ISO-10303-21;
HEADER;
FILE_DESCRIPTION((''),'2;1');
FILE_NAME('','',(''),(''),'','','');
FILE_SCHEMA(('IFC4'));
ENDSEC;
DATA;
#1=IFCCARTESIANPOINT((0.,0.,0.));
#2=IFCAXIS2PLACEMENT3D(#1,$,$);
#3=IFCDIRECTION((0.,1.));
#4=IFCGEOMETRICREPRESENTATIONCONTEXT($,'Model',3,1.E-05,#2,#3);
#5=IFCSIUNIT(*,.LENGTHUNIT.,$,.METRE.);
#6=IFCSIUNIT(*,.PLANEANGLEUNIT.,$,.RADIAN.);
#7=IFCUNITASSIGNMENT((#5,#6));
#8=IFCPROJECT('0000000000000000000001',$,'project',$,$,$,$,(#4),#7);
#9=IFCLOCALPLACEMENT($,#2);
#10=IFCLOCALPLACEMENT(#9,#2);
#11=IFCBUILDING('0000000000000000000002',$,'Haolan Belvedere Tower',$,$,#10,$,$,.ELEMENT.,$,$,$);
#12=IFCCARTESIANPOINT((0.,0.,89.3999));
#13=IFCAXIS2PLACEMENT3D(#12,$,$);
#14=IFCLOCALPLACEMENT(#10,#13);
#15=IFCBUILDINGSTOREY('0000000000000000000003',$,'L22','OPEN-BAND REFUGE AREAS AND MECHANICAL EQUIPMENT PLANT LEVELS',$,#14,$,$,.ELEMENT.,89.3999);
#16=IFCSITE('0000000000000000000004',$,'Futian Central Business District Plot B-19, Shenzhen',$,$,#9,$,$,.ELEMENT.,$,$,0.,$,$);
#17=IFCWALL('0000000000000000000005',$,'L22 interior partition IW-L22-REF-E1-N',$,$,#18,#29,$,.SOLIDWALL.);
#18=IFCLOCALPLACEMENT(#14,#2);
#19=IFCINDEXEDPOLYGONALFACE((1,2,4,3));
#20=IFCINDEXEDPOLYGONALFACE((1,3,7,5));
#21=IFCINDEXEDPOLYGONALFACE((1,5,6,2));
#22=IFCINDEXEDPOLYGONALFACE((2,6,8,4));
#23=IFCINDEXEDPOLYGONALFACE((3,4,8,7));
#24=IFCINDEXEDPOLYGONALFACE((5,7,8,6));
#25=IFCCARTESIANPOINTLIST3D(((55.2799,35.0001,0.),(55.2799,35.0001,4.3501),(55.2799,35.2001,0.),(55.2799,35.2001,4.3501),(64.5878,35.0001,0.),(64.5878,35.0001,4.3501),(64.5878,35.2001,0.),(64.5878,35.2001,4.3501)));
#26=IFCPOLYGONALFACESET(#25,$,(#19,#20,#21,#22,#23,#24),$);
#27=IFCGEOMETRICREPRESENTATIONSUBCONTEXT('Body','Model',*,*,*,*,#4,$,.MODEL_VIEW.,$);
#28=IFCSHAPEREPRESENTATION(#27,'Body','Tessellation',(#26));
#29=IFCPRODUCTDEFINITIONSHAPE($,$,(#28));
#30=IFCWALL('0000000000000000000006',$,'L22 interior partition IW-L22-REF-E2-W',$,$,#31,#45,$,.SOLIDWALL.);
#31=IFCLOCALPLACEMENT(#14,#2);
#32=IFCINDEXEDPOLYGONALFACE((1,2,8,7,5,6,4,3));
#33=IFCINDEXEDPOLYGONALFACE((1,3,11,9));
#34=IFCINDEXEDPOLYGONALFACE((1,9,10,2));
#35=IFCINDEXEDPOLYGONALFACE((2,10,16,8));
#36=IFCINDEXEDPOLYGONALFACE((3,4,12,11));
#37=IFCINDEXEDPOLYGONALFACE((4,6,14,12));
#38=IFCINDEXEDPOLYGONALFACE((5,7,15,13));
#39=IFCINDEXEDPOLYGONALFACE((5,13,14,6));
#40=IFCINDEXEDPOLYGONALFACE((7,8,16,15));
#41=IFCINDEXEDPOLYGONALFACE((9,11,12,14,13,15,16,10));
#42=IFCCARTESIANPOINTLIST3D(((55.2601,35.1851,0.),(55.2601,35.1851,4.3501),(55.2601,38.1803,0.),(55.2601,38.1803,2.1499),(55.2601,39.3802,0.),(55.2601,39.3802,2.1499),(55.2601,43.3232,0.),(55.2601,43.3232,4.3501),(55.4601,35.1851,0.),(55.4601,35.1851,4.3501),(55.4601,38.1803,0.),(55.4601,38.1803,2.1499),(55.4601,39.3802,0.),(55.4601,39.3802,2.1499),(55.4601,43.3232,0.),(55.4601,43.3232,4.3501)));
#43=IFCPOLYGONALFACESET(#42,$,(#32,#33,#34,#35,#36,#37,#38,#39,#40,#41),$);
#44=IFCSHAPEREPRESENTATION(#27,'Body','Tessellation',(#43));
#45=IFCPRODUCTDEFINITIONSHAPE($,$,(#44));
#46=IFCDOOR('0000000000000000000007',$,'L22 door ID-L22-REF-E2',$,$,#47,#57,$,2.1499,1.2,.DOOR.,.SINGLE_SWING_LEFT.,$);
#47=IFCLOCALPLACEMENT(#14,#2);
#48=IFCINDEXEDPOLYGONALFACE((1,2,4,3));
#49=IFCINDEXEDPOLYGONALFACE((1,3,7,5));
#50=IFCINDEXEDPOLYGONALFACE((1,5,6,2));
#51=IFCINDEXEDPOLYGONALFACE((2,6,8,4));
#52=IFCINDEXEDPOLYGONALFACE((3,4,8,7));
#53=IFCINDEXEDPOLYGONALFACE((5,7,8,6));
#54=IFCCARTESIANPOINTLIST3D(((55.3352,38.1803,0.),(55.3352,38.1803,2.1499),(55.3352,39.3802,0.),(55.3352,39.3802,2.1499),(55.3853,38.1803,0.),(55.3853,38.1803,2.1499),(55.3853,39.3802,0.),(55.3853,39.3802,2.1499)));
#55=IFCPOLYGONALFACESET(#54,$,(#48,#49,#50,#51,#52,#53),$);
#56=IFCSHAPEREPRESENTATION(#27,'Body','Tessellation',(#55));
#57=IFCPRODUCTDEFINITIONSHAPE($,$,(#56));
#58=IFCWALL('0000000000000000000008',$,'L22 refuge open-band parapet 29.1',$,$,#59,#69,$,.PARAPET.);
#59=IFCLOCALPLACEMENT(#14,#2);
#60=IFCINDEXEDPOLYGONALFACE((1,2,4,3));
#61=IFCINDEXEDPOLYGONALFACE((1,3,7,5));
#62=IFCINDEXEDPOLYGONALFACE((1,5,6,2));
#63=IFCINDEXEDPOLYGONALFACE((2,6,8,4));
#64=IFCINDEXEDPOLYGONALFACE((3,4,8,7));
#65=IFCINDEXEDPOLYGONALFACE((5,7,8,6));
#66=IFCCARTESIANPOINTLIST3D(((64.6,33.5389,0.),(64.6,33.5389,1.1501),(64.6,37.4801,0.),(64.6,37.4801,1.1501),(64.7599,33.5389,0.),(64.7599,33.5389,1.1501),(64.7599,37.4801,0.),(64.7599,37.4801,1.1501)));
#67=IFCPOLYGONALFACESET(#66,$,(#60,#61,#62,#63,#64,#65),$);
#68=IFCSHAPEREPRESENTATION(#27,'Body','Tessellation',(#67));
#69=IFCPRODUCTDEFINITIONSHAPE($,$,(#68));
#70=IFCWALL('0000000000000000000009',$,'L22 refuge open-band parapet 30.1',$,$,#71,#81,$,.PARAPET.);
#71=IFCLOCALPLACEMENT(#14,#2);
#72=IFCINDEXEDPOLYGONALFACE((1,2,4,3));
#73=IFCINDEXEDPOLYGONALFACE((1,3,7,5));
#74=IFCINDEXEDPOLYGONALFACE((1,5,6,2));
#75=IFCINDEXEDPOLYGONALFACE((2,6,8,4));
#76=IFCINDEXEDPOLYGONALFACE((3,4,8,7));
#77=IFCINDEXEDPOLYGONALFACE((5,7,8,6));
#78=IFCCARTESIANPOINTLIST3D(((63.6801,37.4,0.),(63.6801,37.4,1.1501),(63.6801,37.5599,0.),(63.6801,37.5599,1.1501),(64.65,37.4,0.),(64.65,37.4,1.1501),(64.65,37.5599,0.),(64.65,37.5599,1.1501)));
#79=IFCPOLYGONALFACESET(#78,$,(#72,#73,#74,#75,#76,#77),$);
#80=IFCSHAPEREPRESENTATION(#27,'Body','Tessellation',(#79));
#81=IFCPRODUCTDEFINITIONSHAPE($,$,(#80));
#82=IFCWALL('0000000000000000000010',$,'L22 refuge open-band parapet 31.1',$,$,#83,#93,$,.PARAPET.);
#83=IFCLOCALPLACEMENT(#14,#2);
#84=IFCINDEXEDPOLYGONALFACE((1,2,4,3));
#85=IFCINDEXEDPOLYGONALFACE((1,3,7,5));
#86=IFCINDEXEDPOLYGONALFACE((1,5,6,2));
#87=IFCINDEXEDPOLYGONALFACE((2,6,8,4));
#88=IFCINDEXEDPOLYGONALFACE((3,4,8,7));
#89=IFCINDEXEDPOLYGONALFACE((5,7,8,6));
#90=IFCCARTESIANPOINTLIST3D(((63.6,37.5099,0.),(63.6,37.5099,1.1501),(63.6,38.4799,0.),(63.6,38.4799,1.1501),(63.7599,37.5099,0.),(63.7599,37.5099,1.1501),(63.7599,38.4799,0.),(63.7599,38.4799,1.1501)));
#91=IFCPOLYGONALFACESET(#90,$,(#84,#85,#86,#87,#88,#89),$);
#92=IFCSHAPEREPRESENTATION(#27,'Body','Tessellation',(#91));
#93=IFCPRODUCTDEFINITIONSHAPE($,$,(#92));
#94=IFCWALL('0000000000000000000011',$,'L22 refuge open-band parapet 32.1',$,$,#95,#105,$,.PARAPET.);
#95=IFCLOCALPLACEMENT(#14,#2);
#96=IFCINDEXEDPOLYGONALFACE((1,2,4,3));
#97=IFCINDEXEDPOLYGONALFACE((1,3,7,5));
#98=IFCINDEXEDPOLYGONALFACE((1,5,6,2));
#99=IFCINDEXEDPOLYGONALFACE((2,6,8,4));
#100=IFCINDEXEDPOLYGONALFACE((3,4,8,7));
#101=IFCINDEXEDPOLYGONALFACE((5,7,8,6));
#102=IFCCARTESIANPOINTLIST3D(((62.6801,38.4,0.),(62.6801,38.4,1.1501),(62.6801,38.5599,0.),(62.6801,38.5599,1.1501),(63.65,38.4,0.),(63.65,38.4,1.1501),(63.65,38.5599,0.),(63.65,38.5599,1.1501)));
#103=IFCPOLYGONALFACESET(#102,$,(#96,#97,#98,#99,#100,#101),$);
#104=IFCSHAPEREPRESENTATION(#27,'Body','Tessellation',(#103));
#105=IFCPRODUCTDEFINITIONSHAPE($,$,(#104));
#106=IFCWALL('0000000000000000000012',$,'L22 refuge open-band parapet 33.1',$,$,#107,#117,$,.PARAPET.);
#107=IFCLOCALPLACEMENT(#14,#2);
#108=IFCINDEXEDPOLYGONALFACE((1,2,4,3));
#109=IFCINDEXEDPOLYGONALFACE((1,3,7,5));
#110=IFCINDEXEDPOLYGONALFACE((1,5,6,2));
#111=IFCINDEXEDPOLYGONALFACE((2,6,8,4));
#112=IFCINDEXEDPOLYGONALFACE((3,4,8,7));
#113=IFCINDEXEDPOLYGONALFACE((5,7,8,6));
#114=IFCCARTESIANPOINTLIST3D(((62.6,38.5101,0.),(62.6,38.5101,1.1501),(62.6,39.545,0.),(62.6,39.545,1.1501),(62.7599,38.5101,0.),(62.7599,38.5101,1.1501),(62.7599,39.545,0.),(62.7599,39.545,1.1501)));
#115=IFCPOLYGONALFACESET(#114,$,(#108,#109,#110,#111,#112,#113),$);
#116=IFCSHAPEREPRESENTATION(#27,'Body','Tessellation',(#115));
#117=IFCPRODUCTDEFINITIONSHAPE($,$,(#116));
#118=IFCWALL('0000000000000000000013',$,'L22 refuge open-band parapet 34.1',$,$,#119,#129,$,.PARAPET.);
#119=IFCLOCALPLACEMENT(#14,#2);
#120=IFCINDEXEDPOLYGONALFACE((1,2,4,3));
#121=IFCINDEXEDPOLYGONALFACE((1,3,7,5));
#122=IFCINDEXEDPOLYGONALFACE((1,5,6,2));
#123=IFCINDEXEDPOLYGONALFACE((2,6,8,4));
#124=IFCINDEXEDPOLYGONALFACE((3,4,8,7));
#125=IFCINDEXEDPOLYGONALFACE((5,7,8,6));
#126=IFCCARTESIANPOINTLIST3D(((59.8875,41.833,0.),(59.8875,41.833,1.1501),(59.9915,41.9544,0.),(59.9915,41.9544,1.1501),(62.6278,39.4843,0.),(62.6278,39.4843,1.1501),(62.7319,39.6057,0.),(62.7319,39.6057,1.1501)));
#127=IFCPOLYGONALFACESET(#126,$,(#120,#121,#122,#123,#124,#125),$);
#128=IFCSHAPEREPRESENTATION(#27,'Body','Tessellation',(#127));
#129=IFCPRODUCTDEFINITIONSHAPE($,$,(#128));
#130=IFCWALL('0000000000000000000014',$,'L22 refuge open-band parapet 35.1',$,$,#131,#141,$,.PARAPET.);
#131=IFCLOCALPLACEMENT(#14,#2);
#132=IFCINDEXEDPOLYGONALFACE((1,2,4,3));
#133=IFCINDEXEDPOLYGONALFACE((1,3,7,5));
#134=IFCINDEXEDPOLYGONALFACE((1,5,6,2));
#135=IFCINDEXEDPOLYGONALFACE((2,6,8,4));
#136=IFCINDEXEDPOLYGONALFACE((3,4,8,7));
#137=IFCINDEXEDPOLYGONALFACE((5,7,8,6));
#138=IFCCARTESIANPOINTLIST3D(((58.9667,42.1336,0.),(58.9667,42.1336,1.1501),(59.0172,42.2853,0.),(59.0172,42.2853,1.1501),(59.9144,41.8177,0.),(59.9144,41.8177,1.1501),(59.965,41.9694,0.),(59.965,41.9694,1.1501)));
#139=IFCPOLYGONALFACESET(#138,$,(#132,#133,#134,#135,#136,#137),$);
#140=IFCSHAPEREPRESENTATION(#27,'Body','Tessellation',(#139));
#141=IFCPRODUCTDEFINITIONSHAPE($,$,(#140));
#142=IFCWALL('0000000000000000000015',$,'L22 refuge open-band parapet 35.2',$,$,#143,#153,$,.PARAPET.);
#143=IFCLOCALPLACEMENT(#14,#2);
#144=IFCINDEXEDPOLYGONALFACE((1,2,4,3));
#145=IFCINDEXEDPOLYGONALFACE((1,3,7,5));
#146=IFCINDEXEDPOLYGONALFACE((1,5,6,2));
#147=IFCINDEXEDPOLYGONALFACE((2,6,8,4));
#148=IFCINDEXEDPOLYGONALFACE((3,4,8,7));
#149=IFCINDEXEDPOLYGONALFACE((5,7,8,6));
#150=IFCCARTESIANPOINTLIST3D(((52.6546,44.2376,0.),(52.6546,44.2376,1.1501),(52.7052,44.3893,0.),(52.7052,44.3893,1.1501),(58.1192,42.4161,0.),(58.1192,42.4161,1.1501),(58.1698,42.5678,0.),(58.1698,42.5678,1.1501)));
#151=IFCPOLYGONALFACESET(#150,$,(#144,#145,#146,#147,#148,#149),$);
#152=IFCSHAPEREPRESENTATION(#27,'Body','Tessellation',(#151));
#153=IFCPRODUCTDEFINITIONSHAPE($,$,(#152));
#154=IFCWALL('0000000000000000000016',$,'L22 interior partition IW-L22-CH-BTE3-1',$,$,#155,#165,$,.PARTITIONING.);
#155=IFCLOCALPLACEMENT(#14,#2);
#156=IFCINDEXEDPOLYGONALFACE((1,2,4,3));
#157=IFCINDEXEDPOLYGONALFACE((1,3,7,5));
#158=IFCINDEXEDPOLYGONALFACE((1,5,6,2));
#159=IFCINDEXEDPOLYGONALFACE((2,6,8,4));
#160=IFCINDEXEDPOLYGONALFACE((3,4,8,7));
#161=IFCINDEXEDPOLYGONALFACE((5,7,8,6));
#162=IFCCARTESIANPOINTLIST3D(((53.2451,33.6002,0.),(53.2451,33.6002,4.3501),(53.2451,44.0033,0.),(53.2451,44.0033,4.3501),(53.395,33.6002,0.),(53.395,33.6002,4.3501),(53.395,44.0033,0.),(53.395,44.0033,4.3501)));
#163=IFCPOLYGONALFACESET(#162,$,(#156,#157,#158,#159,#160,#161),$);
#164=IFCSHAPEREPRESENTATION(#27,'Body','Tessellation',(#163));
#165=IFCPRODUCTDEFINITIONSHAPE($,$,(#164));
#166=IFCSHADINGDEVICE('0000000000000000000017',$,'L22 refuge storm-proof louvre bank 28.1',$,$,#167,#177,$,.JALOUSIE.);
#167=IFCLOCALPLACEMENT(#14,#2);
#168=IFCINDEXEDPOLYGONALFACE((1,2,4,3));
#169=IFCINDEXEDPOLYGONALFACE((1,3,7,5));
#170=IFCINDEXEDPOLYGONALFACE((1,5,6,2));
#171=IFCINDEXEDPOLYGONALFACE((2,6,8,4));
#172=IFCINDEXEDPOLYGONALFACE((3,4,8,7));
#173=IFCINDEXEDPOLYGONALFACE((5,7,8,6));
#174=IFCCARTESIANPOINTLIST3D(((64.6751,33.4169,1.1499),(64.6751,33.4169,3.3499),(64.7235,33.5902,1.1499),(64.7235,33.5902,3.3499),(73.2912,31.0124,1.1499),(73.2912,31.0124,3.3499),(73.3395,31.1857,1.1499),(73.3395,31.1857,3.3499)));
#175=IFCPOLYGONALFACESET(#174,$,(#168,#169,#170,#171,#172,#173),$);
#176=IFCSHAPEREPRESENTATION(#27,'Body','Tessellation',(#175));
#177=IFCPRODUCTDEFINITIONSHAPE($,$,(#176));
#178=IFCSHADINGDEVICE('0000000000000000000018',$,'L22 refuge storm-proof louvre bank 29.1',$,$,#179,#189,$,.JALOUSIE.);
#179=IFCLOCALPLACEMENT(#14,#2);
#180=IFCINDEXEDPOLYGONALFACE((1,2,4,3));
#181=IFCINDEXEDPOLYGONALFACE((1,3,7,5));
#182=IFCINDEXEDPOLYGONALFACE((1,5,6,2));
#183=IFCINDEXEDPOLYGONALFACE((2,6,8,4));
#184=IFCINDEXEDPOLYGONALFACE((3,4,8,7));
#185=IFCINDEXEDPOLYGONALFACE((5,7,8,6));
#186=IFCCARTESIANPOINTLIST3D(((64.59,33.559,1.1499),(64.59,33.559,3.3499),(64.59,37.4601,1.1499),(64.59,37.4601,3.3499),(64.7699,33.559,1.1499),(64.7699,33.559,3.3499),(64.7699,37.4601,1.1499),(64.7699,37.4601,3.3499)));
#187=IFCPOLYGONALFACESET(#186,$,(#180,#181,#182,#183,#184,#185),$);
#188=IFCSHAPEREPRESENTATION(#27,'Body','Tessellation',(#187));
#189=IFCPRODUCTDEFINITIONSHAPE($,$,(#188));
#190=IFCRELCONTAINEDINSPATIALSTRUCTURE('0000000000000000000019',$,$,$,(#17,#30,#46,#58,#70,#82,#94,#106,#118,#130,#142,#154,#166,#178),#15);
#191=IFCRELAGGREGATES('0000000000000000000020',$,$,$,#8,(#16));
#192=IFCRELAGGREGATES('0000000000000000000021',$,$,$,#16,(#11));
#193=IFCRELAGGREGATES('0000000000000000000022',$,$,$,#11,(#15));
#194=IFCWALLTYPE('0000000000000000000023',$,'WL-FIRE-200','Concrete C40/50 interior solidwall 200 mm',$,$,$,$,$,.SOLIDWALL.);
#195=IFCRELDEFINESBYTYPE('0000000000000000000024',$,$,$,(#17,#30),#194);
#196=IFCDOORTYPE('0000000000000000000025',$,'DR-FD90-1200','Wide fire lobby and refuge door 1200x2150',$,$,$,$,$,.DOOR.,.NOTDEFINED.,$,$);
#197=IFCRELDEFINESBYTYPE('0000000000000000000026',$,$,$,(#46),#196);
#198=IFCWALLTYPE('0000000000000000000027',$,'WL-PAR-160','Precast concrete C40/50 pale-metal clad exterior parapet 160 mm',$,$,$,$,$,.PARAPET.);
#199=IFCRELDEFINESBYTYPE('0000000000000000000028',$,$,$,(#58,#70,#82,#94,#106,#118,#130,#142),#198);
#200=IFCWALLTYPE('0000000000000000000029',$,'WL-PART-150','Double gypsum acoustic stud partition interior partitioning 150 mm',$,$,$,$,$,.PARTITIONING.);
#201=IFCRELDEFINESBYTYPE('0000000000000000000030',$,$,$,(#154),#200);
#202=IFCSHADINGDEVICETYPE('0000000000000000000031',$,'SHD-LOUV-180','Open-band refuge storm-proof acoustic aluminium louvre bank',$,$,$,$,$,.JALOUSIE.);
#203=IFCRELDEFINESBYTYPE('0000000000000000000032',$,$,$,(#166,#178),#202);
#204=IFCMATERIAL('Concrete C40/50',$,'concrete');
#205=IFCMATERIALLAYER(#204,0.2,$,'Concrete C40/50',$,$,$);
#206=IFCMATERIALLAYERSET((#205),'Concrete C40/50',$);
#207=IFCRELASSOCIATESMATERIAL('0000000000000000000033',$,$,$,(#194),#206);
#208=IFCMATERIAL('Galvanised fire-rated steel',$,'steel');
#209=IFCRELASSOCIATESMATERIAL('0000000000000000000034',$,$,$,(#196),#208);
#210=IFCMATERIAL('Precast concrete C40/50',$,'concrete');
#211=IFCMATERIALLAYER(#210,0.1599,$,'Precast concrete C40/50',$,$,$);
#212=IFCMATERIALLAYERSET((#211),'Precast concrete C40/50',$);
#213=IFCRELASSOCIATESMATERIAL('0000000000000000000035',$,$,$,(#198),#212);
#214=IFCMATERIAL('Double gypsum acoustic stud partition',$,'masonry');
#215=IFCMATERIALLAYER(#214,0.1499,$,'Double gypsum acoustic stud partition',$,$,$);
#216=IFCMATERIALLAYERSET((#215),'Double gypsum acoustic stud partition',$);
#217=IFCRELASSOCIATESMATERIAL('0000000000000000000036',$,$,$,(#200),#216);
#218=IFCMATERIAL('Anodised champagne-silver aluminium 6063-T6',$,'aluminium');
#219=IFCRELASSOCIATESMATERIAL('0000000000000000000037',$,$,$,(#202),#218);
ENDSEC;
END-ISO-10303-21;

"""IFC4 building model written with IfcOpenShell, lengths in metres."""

from ifc_helpers import new_model, si_unit, direction, frame, frame_2d, origin, origin_2d, place, context, subcontext, project, spatial, rectangle, extrude, material, layer, layer_set, type_object, element, fill, save


model = new_model("IFC4")

# Units and contexts
model_context = context("Model", 3, precision=1e-05, world=origin(), true_north=direction((0.0, 1.0)))
body_context = subcontext(model_context, "Body", "Model", "MODEL_VIEW")
ifc_project = project(units=[si_unit("LENGTHUNIT", "METRE"), si_unit("PLANEANGLEUNIT", "RADIAN")], contexts=[model_context])

# Site, building, storey
site_placement = place(None, origin())
site = spatial("IfcSite", under=ifc_project, at=site_placement, Name="Futian Central Business District Plot B-19, Shenzhen", CompositionType="ELEMENT", RefElevation=0.0)
building_placement = place(site_placement, origin())
building = spatial("IfcBuilding", under=site, at=building_placement, Name="Haolan Belvedere Tower", CompositionType="ELEMENT")
storey_placement = place(building_placement, frame((0.0, 0.0, 89.3999)))
storey = spatial("IfcBuildingStorey", under=building, at=storey_placement, Name="L22", Description="OPEN-BAND REFUGE AREAS AND MECHANICAL EQUIPMENT PLANT LEVELS", CompositionType="ELEMENT", Elevation=89.3999)

# Wall
ifc_material_1 = material(Name="Concrete C40/50", Category="concrete")
ifc_layer_1 = layer(ifc_material_1, 0.2, Name="Concrete C40/50")
ifc_layer_set_1 = layer_set([ifc_layer_1], Name="Concrete C40/50")
wall_type_1 = type_object("IfcWallType", Name="WL-FIRE-200", Description="Concrete C40/50 interior solidwall 200 mm", PredefinedType="SOLIDWALL", material=ifc_layer_set_1)
wall_1_placement = place(storey_placement, frame((55.28, 35.1001, 0.0), z_axis=(0.0, 0.0, 1.0), x_axis=(1.0, 0.0, 0.0)))
element("IfcWall", 1, at=wall_1_placement, inside=storey, type_object=wall_type_1, Name="L22 interior partition IW-L22-REF-E1-N", PredefinedType="SOLIDWALL", context=body_context, shape_type="SweptSolid", body=[
    extrude(rectangle(XDim=9.3079, YDim=0.2, at=frame_2d((4.6538, 0.0))), origin(), (0.0, 0.0, 1.0), 4.3501),
])

# Wall, opening, door
wall_2_placement = place(storey_placement, frame((55.3601, 35.1851, 0.0), z_axis=(0.0, 0.0, 1.0), x_axis=(0.0, 1.0, 0.0)))
wall_2 = element("IfcWall", 2, at=wall_2_placement, inside=storey, type_object=wall_type_1, Name="L22 interior partition IW-L22-REF-E2-W", PredefinedType="SOLIDWALL", context=body_context, shape_type="SweptSolid", body=[
    extrude(rectangle(XDim=8.1382, YDim=0.2, at=frame_2d((4.0691, 0.0))), origin(), (0.0, 0.0, 1.0), 4.3501),
])
opening_placement = place(wall_2_placement, frame((2.9951, 0.0, 0.0)))
opening = element("IfcOpeningElement", 3, at=opening_placement, cuts=wall_2, PredefinedType="OPENING", context=body_context, shape_type="SweptSolid", body=[
    extrude(rectangle(XDim=1.2, YDim=2.1499, at=frame_2d((0.6001, 1.075))), frame((0.0, 0.1099, 0.0), z_axis=(0.0, -1.0, 0.0), x_axis=(1.0, 0.0, 0.0)), (0.0, 0.0, 1.0), 0.22),
])
ifc_material_2 = material(Name="Galvanised fire-rated steel", Category="steel")
door_type = type_object("IfcDoorType", Name="DR-FD90-1200", Description="Wide fire lobby and refuge door 1200x2150", OperationType="NOTDEFINED", PredefinedType="DOOR", material=ifc_material_2)
door_placement = place(opening_placement, origin())
door = element("IfcDoor", 4, at=door_placement, inside=storey, type_object=door_type, Name="L22 door ID-L22-REF-E2", OperationType="SINGLE_SWING_LEFT", OverallHeight=2.1499, OverallWidth=1.2, PredefinedType="DOOR", context=body_context, shape_type="SweptSolid", body=[
    extrude(rectangle(XDim=1.2, YDim=2.1499, at=frame_2d((0.6001, 1.075))), frame((0.0, 0.0249, 0.0), z_axis=(0.0, -1.0, 0.0), x_axis=(1.0, 0.0, 0.0)), (0.0, 0.0, 1.0), 0.05),
])
fill(opening, door)

# Walls
ifc_material_3 = material(Name="Precast concrete C40/50", Category="concrete")
ifc_layer_2 = layer(ifc_material_3, 0.1599, Name="Precast concrete C40/50")
ifc_layer_set_2 = layer_set([ifc_layer_2], Name="Precast concrete C40/50")
wall_type_2 = type_object("IfcWallType", Name="WL-PAR-160", Description="Precast concrete C40/50 pale-metal clad exterior parapet 160 mm", PredefinedType="PARAPET", material=ifc_layer_set_2)
wall_3_placement = place(storey_placement, frame((64.6799, 33.5388, 0.0), z_axis=(0.0, 0.0, 1.0), x_axis=(0.0, 1.0, 0.0)))
element("IfcWall", 5, at=wall_3_placement, inside=storey, type_object=wall_type_2, Name="L22 refuge open-band parapet 29.1", PredefinedType="PARAPET", context=body_context, shape_type="SweptSolid", body=[
    extrude(rectangle(XDim=3.9412, YDim=0.1599, at=frame_2d((1.9707, 0.0))), origin(), (0.0, 0.0, 1.0), 1.1501),
])
for number, where, z_axis, x_axis, name in (
    (6, (64.6499, 37.48, 0.0), (0.0, 0.0, 1.0), (-1.0, 0.0, 0.0), "L22 refuge open-band parapet 30.1"),
    (7, (63.6799, 37.51, 0.0), (0.0, 0.0, 1.0), (0.0, 1.0, 0.0), "L22 refuge open-band parapet 31.1"),
    (8, (63.6499, 38.48, 0.0), (0.0, 0.0, 1.0), (-1.0, 0.0, 0.0), "L22 refuge open-band parapet 32.1"),
):
    element("IfcWall", number, at=place(storey_placement, frame(where, z_axis=z_axis, x_axis=x_axis)), inside=storey, type_object=wall_type_2, Name=name, PredefinedType="PARAPET", context=body_context, shape_type="SweptSolid", body=[
        extrude(rectangle(XDim=0.97, YDim=0.1599, at=frame_2d((0.4849, 0.0))), origin(), (0.0, 0.0, 1.0), 1.1501),
    ])
wall_4_placement = place(storey_placement, frame((62.6799, 38.51, 0.0), z_axis=(0.0, 0.0, 1.0), x_axis=(0.0, 1.0, 0.0)))
element("IfcWall", 9, at=wall_4_placement, inside=storey, type_object=wall_type_2, Name="L22 refuge open-band parapet 33.1", PredefinedType="PARAPET", context=body_context, shape_type="SweptSolid", body=[
    extrude(rectangle(XDim=1.0349, YDim=0.1599, at=frame_2d((0.5176, 0.0))), origin(), (0.0, 0.0, 1.0), 1.1501),
])
wall_5_placement = place(storey_placement, frame((62.6799, 39.5449, 0.0), z_axis=(0.0, 0.0, 1.0), x_axis=(-0.759276, 0.650769, 0.0)))
element("IfcWall", 10, at=wall_5_placement, inside=storey, type_object=wall_type_2, Name="L22 refuge open-band parapet 34.1", PredefinedType="PARAPET", context=body_context, shape_type="SweptSolid", body=[
    extrude(rectangle(XDim=3.6091, YDim=0.1599, at=frame_2d((1.8047, 0.0))), origin(), (0.0, 0.0, 1.0), 1.1501),
])
wall_6_placement = place(storey_placement, frame((59.9397, 41.8936, 0.0), z_axis=(0.0, 0.0, 1.0), x_axis=(-0.948683, 0.316228, 0.0)))
element("IfcWall", 11, at=wall_6_placement, inside=storey, type_object=wall_type_2, Name="L22 refuge open-band parapet 35.1", PredefinedType="PARAPET", context=body_context, shape_type="SweptSolid", body=[
    extrude(rectangle(XDim=0.999, YDim=0.1599, at=frame_2d((0.4995, 0.0))), origin(), (0.0, 0.0, 1.0), 1.1501),
])
wall_7_placement = place(storey_placement, frame((58.1445, 42.4919, 0.0), z_axis=(0.0, 0.0, 1.0), x_axis=(-0.948683, 0.316228, 0.0)))
element("IfcWall", 12, at=wall_7_placement, inside=storey, type_object=wall_type_2, Name="L22 refuge open-band parapet 35.2", PredefinedType="PARAPET", context=body_context, shape_type="SweptSolid", body=[
    extrude(rectangle(XDim=5.7603, YDim=0.1599, at=frame_2d((2.8801, 0.0))), origin(), (0.0, 0.0, 1.0), 1.1501),
])
ifc_material_4 = material(Name="Double gypsum acoustic stud partition", Category="masonry")
ifc_layer_3 = layer(ifc_material_4, 0.1499, Name="Double gypsum acoustic stud partition")
ifc_layer_set_3 = layer_set([ifc_layer_3], Name="Double gypsum acoustic stud partition")
wall_type_3 = type_object("IfcWallType", Name="WL-PART-150", Description="Double gypsum acoustic stud partition interior partitioning 150 mm", PredefinedType="PARTITIONING", material=ifc_layer_set_3)
wall_8_placement = place(storey_placement, frame((53.3201, 33.6001, 0.0), z_axis=(0.0, 0.0, 1.0), x_axis=(0.0, 1.0, 0.0)))
element("IfcWall", 13, at=wall_8_placement, inside=storey, type_object=wall_type_3, Name="L22 interior partition IW-L22-CH-BTE3-1", PredefinedType="PARTITIONING", context=body_context, shape_type="SweptSolid", body=[
    extrude(rectangle(XDim=10.4031, YDim=0.1499, at=frame_2d((5.2017, 0.0))), origin(), (0.0, 0.0, 1.0), 4.3501),
])

# Shading devices
ifc_material_5 = material(Name="Anodised champagne-silver aluminium 6063-T6", Category="aluminium")
shading_device_type = type_object("IfcShadingDeviceType", Name="SHD-LOUV-180", Description="Open-band refuge storm-proof acoustic aluminium louvre bank", PredefinedType="JALOUSIE", material=ifc_material_5)
shading_device_1_placement = place(storey_placement, frame((69.0073, 32.3013, 1.1499), z_axis=(0.0, 0.0, 1.0), x_axis=(-0.963195, 0.268802, 0.0)))
element("IfcShadingDevice", 14, at=shading_device_1_placement, inside=storey, type_object=shading_device_type, Name="L22 refuge storm-proof louvre bank 28.1", PredefinedType="JALOUSIE", context=body_context, shape_type="SweptSolid", body=[
    extrude(rectangle(XDim=8.9453, YDim=0.1799, at=origin_2d()), origin(), (0.0, 0.0, 1.0), 2.2),
])
shading_device_2_placement = place(storey_placement, frame((64.6799, 35.5095, 1.1499), z_axis=(0.0, 0.0, 1.0), x_axis=(0.0, 1.0, 0.0)))
element("IfcShadingDevice", 15, at=shading_device_2_placement, inside=storey, type_object=shading_device_type, Name="L22 refuge storm-proof louvre bank 29.1", PredefinedType="JALOUSIE", context=body_context, shape_type="SweptSolid", body=[
    extrude(rectangle(XDim=3.9011, YDim=0.1799, at=origin_2d()), origin(), (0.0, 0.0, 1.0), 2.2),
])

save(model, "model.ifc")
